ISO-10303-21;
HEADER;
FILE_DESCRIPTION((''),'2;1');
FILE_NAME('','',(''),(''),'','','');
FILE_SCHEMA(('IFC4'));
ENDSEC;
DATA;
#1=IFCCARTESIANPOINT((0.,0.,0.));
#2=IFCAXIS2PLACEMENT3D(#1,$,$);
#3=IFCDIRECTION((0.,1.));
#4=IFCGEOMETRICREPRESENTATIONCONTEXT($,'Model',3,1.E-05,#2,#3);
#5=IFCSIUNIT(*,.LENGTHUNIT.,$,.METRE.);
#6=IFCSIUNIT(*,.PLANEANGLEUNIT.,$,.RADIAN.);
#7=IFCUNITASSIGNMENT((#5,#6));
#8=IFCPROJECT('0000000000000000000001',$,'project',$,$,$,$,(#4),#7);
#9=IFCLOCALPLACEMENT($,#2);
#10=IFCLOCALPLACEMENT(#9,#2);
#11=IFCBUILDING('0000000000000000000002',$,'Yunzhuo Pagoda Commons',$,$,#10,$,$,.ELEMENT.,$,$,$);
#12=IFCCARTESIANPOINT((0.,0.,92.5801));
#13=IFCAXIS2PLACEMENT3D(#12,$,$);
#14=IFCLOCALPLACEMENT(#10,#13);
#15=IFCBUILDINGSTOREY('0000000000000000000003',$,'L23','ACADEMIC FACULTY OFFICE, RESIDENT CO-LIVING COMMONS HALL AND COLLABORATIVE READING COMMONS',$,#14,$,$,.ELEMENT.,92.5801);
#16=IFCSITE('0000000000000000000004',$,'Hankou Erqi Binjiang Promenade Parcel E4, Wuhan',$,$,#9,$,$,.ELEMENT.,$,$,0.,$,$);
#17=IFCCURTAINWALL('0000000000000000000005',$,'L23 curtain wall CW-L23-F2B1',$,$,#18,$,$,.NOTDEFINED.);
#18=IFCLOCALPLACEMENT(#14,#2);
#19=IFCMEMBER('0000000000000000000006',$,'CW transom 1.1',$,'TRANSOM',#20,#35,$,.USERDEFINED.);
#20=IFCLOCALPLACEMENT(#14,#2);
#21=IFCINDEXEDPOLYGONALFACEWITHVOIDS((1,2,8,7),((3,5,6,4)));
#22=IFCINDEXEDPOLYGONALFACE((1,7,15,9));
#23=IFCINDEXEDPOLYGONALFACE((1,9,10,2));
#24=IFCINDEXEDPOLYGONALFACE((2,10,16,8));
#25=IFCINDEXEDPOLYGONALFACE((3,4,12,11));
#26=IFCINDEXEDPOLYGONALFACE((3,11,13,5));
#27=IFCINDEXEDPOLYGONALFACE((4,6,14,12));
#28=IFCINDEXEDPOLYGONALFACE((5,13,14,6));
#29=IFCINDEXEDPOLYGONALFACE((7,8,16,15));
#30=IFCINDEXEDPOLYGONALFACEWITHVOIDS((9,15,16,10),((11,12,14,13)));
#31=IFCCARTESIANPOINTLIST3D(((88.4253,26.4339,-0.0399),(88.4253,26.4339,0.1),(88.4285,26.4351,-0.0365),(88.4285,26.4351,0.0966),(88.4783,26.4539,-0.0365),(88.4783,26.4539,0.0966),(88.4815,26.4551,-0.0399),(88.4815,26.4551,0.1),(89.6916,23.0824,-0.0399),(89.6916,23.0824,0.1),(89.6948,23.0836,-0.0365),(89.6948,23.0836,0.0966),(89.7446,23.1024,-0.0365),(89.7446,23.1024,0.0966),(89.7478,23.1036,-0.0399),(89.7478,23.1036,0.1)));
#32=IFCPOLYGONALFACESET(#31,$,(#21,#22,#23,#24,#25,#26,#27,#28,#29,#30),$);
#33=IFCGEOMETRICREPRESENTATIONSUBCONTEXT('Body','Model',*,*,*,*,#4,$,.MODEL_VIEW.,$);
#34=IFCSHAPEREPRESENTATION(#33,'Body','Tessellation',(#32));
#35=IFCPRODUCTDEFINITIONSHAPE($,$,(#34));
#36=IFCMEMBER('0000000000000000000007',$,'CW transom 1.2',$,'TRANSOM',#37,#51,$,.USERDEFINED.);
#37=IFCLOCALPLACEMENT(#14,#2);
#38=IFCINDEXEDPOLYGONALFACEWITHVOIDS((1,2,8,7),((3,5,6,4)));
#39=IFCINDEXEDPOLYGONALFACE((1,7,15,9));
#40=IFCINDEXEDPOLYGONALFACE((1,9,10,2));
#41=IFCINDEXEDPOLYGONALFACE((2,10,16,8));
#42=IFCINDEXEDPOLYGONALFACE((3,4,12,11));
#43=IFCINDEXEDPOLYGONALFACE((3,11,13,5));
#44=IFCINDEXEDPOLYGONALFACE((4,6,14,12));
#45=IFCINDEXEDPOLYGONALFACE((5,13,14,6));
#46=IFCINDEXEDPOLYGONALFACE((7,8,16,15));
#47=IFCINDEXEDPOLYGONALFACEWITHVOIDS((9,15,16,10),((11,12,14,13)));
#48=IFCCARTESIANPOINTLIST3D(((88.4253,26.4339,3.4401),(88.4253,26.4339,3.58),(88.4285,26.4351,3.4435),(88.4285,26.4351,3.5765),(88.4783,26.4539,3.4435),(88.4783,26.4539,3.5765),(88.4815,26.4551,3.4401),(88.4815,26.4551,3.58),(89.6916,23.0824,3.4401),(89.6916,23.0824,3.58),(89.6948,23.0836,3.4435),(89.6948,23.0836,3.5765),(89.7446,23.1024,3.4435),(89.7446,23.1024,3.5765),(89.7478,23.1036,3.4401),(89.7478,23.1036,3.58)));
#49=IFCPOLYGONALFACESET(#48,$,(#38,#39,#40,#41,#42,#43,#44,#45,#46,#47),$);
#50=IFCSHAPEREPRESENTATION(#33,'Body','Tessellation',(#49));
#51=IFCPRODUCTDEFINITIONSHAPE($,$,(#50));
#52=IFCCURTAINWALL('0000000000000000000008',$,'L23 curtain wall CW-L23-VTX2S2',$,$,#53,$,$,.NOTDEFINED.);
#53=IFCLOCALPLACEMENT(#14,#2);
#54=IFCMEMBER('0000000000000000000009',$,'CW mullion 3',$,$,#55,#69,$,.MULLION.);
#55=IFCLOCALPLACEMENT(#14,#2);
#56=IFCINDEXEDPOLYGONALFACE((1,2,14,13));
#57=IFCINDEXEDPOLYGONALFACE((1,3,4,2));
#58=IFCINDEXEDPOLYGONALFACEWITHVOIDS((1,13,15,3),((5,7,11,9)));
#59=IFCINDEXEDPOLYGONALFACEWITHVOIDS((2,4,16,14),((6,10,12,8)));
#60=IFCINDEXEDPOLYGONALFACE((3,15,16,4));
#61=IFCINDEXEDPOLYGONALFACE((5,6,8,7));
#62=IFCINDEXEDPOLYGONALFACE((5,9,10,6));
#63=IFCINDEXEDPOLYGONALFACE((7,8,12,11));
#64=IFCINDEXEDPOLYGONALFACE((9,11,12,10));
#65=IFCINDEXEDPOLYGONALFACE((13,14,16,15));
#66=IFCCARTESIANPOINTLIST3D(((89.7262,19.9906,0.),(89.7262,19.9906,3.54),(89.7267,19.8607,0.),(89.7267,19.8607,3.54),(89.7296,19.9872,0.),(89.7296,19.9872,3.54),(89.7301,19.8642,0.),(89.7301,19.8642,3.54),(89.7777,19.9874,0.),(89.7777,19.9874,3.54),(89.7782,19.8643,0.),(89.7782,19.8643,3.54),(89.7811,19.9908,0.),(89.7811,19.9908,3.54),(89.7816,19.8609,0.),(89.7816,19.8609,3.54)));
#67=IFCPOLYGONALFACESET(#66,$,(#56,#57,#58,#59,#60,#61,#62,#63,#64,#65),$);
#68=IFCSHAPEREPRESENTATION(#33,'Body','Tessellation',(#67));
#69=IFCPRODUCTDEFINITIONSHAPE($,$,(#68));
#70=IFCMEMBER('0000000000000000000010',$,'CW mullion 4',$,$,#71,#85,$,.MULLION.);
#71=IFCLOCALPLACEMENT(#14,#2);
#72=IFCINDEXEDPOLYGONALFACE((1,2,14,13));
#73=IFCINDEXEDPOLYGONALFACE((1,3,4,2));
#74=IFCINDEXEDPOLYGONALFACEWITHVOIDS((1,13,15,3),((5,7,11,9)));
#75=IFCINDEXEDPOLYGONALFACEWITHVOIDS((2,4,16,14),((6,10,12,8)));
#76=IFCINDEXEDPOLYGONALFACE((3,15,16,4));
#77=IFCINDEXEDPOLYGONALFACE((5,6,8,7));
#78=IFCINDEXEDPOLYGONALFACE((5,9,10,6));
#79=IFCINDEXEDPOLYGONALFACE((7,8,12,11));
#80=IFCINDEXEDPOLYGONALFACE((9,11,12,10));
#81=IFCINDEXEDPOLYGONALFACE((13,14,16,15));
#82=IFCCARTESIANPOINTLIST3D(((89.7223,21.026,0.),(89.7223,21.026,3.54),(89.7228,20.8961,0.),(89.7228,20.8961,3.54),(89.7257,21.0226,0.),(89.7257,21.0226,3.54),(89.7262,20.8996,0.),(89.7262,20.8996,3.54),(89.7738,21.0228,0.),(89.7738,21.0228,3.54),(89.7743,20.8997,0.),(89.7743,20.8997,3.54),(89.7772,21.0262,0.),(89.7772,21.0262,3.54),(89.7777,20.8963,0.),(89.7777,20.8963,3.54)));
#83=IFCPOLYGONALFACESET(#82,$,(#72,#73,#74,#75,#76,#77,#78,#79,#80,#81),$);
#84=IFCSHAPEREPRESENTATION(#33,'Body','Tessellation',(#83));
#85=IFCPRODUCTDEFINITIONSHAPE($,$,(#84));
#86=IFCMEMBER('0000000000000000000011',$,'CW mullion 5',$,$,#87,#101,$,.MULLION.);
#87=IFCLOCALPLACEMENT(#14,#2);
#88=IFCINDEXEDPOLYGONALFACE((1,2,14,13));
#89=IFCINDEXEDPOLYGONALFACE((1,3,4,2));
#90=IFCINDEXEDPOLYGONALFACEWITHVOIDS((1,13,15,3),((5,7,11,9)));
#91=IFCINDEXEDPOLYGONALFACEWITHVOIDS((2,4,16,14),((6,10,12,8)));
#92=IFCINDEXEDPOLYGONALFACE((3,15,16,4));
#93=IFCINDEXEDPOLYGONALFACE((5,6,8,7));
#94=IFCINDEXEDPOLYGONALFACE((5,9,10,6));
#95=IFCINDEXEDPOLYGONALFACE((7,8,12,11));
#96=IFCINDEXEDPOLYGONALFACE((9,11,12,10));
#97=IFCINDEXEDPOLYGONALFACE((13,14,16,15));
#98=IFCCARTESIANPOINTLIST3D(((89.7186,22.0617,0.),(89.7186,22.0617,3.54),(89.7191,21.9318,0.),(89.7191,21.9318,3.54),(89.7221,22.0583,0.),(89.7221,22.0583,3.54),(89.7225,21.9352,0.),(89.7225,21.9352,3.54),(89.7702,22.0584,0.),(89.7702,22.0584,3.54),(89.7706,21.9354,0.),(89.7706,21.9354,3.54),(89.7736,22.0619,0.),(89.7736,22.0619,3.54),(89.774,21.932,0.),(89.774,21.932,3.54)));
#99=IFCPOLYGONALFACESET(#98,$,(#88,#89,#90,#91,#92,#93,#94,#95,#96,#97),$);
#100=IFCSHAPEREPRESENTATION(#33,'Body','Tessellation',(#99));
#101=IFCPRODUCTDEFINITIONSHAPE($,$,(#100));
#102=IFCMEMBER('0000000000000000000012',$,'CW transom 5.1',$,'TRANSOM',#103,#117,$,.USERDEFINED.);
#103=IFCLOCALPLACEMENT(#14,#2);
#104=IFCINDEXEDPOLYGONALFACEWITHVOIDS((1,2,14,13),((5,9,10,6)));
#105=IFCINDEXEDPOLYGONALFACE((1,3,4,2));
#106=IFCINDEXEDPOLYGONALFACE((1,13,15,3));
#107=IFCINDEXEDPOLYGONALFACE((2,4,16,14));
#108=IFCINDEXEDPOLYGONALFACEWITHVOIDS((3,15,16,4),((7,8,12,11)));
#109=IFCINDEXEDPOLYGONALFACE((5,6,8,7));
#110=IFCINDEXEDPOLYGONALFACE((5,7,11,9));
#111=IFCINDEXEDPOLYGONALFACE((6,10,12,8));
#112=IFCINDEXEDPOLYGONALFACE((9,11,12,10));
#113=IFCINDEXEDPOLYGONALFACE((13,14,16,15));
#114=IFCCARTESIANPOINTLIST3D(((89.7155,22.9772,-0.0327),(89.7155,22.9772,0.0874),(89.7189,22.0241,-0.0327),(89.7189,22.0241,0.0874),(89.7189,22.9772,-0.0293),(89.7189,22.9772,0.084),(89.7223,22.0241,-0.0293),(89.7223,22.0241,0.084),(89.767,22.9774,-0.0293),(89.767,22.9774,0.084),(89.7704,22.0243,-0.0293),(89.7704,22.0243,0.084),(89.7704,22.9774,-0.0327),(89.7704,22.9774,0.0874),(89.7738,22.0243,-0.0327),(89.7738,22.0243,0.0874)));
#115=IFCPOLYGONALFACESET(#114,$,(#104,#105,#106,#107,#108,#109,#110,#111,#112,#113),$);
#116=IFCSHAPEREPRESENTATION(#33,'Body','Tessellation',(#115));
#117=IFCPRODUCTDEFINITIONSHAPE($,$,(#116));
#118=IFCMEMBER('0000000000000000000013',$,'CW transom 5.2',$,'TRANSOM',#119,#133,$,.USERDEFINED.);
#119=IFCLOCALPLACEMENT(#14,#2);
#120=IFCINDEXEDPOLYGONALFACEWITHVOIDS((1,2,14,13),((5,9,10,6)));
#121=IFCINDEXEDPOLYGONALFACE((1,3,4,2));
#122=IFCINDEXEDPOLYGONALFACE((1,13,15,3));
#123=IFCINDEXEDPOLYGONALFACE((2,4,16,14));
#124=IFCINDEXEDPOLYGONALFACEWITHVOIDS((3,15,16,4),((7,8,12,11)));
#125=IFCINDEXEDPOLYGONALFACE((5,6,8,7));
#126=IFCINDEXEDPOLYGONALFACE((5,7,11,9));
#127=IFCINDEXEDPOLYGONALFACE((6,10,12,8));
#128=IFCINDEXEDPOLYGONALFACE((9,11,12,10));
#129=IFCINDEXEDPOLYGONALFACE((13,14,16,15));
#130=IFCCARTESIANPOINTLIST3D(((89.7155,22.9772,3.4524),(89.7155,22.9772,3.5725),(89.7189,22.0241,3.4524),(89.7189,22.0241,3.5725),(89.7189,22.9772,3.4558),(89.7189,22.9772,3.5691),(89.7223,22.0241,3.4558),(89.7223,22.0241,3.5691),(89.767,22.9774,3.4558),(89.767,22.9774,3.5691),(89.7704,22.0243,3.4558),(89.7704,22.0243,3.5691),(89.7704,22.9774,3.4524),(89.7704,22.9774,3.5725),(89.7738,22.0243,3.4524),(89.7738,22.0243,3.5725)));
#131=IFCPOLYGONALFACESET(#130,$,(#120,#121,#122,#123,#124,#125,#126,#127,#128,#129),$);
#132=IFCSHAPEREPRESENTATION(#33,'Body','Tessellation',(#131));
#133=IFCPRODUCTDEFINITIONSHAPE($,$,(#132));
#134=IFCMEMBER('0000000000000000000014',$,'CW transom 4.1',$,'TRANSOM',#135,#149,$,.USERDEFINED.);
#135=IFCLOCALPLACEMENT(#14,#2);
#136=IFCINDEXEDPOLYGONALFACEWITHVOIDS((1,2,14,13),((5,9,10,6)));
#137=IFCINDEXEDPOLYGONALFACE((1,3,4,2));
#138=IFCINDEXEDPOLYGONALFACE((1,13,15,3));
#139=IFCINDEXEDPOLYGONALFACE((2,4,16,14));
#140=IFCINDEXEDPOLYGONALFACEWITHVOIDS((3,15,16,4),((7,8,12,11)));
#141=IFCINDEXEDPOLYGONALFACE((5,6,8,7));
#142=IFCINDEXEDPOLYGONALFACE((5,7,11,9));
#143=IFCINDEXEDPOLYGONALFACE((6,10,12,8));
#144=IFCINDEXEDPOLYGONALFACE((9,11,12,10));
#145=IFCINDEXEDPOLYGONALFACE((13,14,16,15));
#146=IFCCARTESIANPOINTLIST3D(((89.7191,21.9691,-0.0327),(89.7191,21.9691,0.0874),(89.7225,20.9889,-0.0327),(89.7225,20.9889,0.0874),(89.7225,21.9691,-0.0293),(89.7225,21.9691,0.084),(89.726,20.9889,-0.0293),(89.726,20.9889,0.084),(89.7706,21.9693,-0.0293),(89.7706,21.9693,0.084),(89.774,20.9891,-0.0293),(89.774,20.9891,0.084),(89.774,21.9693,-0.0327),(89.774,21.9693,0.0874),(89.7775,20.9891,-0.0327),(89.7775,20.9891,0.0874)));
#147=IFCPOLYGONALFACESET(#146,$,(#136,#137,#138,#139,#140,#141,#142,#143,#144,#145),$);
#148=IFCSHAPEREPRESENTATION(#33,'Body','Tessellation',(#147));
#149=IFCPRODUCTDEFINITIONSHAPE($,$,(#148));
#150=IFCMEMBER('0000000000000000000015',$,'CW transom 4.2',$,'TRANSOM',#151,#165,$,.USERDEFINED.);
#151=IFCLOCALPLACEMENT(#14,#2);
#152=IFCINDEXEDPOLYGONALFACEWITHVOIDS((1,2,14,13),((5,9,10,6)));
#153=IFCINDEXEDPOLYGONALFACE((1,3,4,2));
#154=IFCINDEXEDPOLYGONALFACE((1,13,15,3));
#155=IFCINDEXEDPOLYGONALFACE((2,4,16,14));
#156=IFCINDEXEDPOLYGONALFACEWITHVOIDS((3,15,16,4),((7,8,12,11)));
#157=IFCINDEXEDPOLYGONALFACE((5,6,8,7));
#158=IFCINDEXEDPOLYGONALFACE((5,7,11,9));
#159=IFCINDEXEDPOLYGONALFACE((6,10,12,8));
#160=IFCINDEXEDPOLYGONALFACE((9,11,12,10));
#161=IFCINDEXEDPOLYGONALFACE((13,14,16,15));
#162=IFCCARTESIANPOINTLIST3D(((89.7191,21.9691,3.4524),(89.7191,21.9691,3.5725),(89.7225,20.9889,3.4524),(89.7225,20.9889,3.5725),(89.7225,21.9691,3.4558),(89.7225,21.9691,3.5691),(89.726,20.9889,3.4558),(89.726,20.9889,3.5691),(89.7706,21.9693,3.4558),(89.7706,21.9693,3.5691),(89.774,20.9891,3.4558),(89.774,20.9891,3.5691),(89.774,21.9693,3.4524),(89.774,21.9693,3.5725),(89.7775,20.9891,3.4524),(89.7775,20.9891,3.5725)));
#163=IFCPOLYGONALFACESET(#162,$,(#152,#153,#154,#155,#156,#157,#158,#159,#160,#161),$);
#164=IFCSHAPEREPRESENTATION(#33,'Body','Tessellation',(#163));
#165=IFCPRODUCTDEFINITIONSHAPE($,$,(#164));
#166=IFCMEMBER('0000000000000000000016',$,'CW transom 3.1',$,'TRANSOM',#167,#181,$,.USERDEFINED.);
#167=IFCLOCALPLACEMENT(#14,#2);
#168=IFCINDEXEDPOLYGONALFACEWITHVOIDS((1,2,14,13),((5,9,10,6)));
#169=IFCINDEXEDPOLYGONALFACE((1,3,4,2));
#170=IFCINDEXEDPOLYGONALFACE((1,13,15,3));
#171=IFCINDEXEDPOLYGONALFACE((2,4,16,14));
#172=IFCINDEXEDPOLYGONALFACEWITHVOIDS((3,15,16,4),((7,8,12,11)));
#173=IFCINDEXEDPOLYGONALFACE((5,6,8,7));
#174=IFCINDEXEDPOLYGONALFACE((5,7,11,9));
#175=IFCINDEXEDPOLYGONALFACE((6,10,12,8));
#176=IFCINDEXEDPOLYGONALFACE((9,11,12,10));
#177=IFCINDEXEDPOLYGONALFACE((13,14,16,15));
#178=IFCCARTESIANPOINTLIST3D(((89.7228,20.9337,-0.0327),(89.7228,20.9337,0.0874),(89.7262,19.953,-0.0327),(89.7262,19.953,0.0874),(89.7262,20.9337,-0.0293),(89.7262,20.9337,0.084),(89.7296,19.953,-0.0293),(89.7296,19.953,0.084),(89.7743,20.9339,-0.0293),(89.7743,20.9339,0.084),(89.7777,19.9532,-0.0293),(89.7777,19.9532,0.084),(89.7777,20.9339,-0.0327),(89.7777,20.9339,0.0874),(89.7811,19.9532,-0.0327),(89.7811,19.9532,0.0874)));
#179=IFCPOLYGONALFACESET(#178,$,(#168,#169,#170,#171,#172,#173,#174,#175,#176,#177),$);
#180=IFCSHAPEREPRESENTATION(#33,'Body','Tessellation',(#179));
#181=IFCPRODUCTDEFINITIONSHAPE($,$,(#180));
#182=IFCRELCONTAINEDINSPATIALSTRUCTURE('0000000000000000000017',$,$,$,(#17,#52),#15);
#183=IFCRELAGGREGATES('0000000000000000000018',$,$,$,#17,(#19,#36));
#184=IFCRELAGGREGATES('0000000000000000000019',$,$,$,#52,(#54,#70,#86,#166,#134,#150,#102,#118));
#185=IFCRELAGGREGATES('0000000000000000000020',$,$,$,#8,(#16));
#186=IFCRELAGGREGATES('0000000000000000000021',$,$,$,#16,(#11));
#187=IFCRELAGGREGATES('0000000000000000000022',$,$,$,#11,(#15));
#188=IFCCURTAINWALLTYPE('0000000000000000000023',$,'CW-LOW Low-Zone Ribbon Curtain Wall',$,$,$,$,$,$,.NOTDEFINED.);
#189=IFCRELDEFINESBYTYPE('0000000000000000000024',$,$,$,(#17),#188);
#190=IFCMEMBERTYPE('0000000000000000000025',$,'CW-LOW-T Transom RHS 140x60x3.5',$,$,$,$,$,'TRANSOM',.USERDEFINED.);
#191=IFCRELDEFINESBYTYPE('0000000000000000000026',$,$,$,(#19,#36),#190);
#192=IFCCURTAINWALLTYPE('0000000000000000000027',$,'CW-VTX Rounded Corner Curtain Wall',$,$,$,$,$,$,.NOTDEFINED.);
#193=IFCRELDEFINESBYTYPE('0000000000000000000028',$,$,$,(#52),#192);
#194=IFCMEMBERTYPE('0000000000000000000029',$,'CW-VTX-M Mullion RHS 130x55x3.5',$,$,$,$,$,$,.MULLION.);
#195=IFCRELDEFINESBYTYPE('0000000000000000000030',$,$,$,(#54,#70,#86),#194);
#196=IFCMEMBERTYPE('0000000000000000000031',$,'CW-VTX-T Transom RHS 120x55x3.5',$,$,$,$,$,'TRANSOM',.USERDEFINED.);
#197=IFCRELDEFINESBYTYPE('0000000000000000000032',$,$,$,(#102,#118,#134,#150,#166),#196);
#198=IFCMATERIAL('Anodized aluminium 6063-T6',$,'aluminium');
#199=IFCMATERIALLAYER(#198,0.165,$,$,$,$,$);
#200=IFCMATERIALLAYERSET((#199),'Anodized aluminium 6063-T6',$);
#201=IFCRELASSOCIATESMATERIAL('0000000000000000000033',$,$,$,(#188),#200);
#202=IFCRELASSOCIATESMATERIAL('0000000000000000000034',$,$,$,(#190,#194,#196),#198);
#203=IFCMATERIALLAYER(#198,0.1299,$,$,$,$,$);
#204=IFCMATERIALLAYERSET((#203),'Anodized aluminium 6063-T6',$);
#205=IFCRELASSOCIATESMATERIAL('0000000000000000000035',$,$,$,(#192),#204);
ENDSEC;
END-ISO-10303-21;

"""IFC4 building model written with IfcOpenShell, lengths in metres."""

from ifc_helpers import new_model, si_unit, direction, frame, origin, origin_2d, place, context, subcontext, project, spatial, hollow_rectangle, extrude, source, transform, mapped, material, layer, layer_set, material_profile, profile_set, type_object, element, aggregate, save


model = new_model("IFC4")

# Units and contexts
model_context = context("Model", 3, precision=1e-05, world=origin(), true_north=direction((0.0, 1.0)))
body_context = subcontext(model_context, "Body", "Model", "MODEL_VIEW")
ifc_project = project(units=[si_unit("LENGTHUNIT", "METRE"), si_unit("PLANEANGLEUNIT", "RADIAN")], contexts=[model_context])

# Site, building, storey
site_placement = place(None, origin())
site = spatial("IfcSite", under=ifc_project, at=site_placement, Name="Hankou Erqi Binjiang Promenade Parcel E4, Wuhan", CompositionType="ELEMENT", RefElevation=0.0)
building_placement = place(site_placement, origin())
building = spatial("IfcBuilding", under=site, at=building_placement, Name="Yunzhuo Pagoda Commons", CompositionType="ELEMENT")
storey_placement = place(building_placement, frame((0.0, 0.0, 92.5801)))
storey = spatial("IfcBuildingStorey", under=building, at=storey_placement, Name="L23", Description="ACADEMIC FACULTY OFFICE, RESIDENT CO-LIVING COMMONS HALL AND COLLABORATIVE READING COMMONS", CompositionType="ELEMENT", Elevation=92.5801)

# Shared definitions
ifc_material_1 = material(Name="Anodized aluminium 6063-T6", Category="aluminium")
ifc_layer_1 = layer(ifc_material_1, 0.165)
ifc_layer_set_1 = layer_set([ifc_layer_1], Name="Anodized aluminium 6063-T6")
curtain_wall_type_1 = type_object("IfcCurtainWallType", Name="CW-LOW Low-Zone Ribbon Curtain Wall", PredefinedType="NOTDEFINED", material=ifc_layer_set_1)

# Curtain wall
curtain_wall_1_placement = place(storey_placement, origin())
curtain_wall_1 = element("IfcCurtainWall", 1, at=curtain_wall_1_placement, inside=storey, type_object=curtain_wall_type_1, Name="L23 curtain wall CW-L23-F2B1", PredefinedType="NOTDEFINED")

# Members
ifc_material_profile_1 = material_profile(ifc_material_1, hollow_rectangle(XDim=0.0601, YDim=0.1399, WallThickness=0.0034, at=origin_2d()), Name="Anodized aluminium 6063-T6")
ifc_profile_set_1 = profile_set([ifc_material_profile_1], Name="Anodized aluminium 6063-T6")
member_type_1 = type_object("IfcMemberType", Name="CW-LOW-T Transom RHS 140x60x3.5", ElementType="TRANSOM", PredefinedType="USERDEFINED", material=ifc_profile_set_1)
shared_shape_1 = source(origin(), body_context, "Body", "SweptSolid", [
    extrude(hollow_rectangle(XDim=0.0601, YDim=0.1399, WallThickness=0.0034, at=origin_2d()), origin(), (0.0, 0.0, 1.0), 3.5828),
])
member_1_placement = place(storey_placement, frame((89.7197, 23.093, 0.03), z_axis=(-0.353452, 0.935453, 0.0), x_axis=(-0.935453, -0.353452, 0.0)))
member_1 = element("IfcMember", 2, at=member_1_placement, type_object=member_type_1, Name="CW transom 1.1", ObjectType="TRANSOM", PredefinedType="USERDEFINED", context=body_context, shape_type="MappedRepresentation", body=[
    mapped(shared_shape_1, transform((0.0, 0.0, 0.0), scale=1.0)),
])
member_2_placement = place(storey_placement, frame((89.7197, 23.093, 3.51), z_axis=(-0.353452, 0.935453, 0.0), x_axis=(-0.935453, -0.353452, 0.0)))
member_2 = element("IfcMember", 3, at=member_2_placement, type_object=member_type_1, Name="CW transom 1.2", ObjectType="TRANSOM", PredefinedType="USERDEFINED", context=body_context, shape_type="MappedRepresentation", body=[
    mapped(shared_shape_1, transform((0.0, 0.0, 0.0), scale=1.0)),
])

# Curtain wall, members
ifc_layer_2 = layer(ifc_material_1, 0.1299)
ifc_layer_set_2 = layer_set([ifc_layer_2], Name="Anodized aluminium 6063-T6")
curtain_wall_type_2 = type_object("IfcCurtainWallType", Name="CW-VTX Rounded Corner Curtain Wall", PredefinedType="NOTDEFINED", material=ifc_layer_set_2)
curtain_wall_2_placement = place(storey_placement, origin())
curtain_wall_2 = element("IfcCurtainWall", 4, at=curtain_wall_2_placement, inside=storey, type_object=curtain_wall_type_2, Name="L23 curtain wall CW-L23-VTX2S2", PredefinedType="NOTDEFINED")
ifc_material_profile_2 = material_profile(ifc_material_1, hollow_rectangle(XDim=0.0549, YDim=0.1299, WallThickness=0.0034, at=origin_2d()), Name="Anodized aluminium 6063-T6")
ifc_profile_set_2 = profile_set([ifc_material_profile_2], Name="Anodized aluminium 6063-T6")
member_type_2 = type_object("IfcMemberType", Name="CW-VTX-M Mullion RHS 130x55x3.5", PredefinedType="MULLION", material=ifc_profile_set_2)
shared_shape_2 = source(origin(), body_context, "Body", "SweptSolid", [
    extrude(hollow_rectangle(XDim=0.0549, YDim=0.1299, WallThickness=0.0034, at=origin_2d()), origin(), (0.0, 0.0, 1.0), 3.54),
])
member_3_placement = place(storey_placement, frame((89.7539, 19.9258, 0.0), z_axis=(0.0, 0.0, 1.0), x_axis=(-0.999994, -0.003573, 0.0)))
member_3 = element("IfcMember", 5, at=member_3_placement, type_object=member_type_2, Name="CW mullion 3", PredefinedType="MULLION", context=body_context, shape_type="MappedRepresentation", body=[
    mapped(shared_shape_2, transform((0.0, 0.0, 0.0), scale=1.0)),
])
member_4_placement = place(storey_placement, frame((89.75, 20.9612, 0.0), z_axis=(0.0, 0.0, 1.0), x_axis=(-0.999994, -0.003573, 0.0)))
member_4 = element("IfcMember", 6, at=member_4_placement, type_object=member_type_2, Name="CW mullion 4", PredefinedType="MULLION", context=body_context, shape_type="MappedRepresentation", body=[
    mapped(shared_shape_2, transform((0.0, 0.0, 0.0), scale=1.0)),
])
member_5_placement = place(storey_placement, frame((89.7463, 21.9968, 0.0), z_axis=(0.0, 0.0, 1.0), x_axis=(-0.999994, -0.003573, 0.0)))
member_5 = element("IfcMember", 7, at=member_5_placement, type_object=member_type_2, Name="CW mullion 5", PredefinedType="MULLION", context=body_context, shape_type="MappedRepresentation", body=[
    mapped(shared_shape_2, transform((0.0, 0.0, 0.0), scale=1.0)),
])
ifc_material_profile_3 = material_profile(ifc_material_1, hollow_rectangle(XDim=0.0549, YDim=0.1201, WallThickness=0.0034, at=origin_2d()), Name="Anodized aluminium 6063-T6")
ifc_profile_set_3 = profile_set([ifc_material_profile_3], Name="Anodized aluminium 6063-T6")
member_type_3 = type_object("IfcMemberType", Name="CW-VTX-T Transom RHS 120x55x3.5", ElementType="TRANSOM", PredefinedType="USERDEFINED", material=ifc_profile_set_3)
shared_shape_3 = source(origin(), body_context, "Body", "SweptSolid", [
    extrude(hollow_rectangle(XDim=0.0549, YDim=0.1201, WallThickness=0.0034, at=origin_2d()), origin(), (0.0, 0.0, 1.0), 0.9531),
])
member_6_placement = place(storey_placement, frame((89.7463, 22.0242, 0.0273), z_axis=(-0.003586, 0.999994, 0.0), x_axis=(-0.999994, -0.003586, 0.0)))
member_6 = element("IfcMember", 8, at=member_6_placement, type_object=member_type_3, Name="CW transom 5.1", ObjectType="TRANSOM", PredefinedType="USERDEFINED", context=body_context, shape_type="MappedRepresentation", body=[
    mapped(shared_shape_3, transform((0.0, 0.0, 0.0), scale=1.0)),
])
member_7_placement = place(storey_placement, frame((89.7463, 22.0242, 3.5125), z_axis=(-0.003586, 0.999994, 0.0), x_axis=(-0.999994, -0.003586, 0.0)))
member_7 = element("IfcMember", 9, at=member_7_placement, type_object=member_type_3, Name="CW transom 5.2", ObjectType="TRANSOM", PredefinedType="USERDEFINED", context=body_context, shape_type="MappedRepresentation", body=[
    mapped(shared_shape_3, transform((0.0, 0.0, 0.0), scale=1.0)),
])
shared_shape_4 = source(origin(), body_context, "Body", "SweptSolid", [
    extrude(hollow_rectangle(XDim=0.0549, YDim=0.1201, WallThickness=0.0034, at=origin_2d()), origin(), (0.0, 0.0, 1.0), 0.9802),
])
member_8_placement = place(storey_placement, frame((89.75, 20.989, 0.0273), z_axis=(-0.003487, 0.999994, 0.0), x_axis=(-0.999994, -0.003487, 0.0)))
member_8 = element("IfcMember", 10, at=member_8_placement, type_object=member_type_3, Name="CW transom 4.1", ObjectType="TRANSOM", PredefinedType="USERDEFINED", context=body_context, shape_type="MappedRepresentation", body=[
    mapped(shared_shape_4, transform((0.0, 0.0, 0.0), scale=1.0)),
])
member_9_placement = place(storey_placement, frame((89.75, 20.989, 3.5125), z_axis=(-0.003487, 0.999994, 0.0), x_axis=(-0.999994, -0.003487, 0.0)))
member_9 = element("IfcMember", 11, at=member_9_placement, type_object=member_type_3, Name="CW transom 4.2", ObjectType="TRANSOM", PredefinedType="USERDEFINED", context=body_context, shape_type="MappedRepresentation", body=[
    mapped(shared_shape_4, transform((0.0, 0.0, 0.0), scale=1.0)),
])
shared_shape_5 = source(origin(), body_context, "Body", "SweptSolid", [
    extrude(hollow_rectangle(XDim=0.0549, YDim=0.1201, WallThickness=0.0034, at=origin_2d()), origin(), (0.0, 0.0, 1.0), 0.9807),
])
member_10_placement = place(storey_placement, frame((89.7537, 19.9531, 0.0273), z_axis=(-0.003485, 0.999994, 0.0), x_axis=(-0.999994, -0.003485, 0.0)))
member_10 = element("IfcMember", 12, at=member_10_placement, type_object=member_type_3, Name="CW transom 3.1", ObjectType="TRANSOM", PredefinedType="USERDEFINED", context=body_context, shape_type="MappedRepresentation", body=[
    mapped(shared_shape_5, transform((0.0, 0.0, 0.0), scale=1.0)),
])

aggregate(curtain_wall_1, [member_1, member_2])
aggregate(curtain_wall_2, [member_3, member_4, member_5, member_10, member_8, member_9, member_6, member_7])

save(model, "model.ifc")
